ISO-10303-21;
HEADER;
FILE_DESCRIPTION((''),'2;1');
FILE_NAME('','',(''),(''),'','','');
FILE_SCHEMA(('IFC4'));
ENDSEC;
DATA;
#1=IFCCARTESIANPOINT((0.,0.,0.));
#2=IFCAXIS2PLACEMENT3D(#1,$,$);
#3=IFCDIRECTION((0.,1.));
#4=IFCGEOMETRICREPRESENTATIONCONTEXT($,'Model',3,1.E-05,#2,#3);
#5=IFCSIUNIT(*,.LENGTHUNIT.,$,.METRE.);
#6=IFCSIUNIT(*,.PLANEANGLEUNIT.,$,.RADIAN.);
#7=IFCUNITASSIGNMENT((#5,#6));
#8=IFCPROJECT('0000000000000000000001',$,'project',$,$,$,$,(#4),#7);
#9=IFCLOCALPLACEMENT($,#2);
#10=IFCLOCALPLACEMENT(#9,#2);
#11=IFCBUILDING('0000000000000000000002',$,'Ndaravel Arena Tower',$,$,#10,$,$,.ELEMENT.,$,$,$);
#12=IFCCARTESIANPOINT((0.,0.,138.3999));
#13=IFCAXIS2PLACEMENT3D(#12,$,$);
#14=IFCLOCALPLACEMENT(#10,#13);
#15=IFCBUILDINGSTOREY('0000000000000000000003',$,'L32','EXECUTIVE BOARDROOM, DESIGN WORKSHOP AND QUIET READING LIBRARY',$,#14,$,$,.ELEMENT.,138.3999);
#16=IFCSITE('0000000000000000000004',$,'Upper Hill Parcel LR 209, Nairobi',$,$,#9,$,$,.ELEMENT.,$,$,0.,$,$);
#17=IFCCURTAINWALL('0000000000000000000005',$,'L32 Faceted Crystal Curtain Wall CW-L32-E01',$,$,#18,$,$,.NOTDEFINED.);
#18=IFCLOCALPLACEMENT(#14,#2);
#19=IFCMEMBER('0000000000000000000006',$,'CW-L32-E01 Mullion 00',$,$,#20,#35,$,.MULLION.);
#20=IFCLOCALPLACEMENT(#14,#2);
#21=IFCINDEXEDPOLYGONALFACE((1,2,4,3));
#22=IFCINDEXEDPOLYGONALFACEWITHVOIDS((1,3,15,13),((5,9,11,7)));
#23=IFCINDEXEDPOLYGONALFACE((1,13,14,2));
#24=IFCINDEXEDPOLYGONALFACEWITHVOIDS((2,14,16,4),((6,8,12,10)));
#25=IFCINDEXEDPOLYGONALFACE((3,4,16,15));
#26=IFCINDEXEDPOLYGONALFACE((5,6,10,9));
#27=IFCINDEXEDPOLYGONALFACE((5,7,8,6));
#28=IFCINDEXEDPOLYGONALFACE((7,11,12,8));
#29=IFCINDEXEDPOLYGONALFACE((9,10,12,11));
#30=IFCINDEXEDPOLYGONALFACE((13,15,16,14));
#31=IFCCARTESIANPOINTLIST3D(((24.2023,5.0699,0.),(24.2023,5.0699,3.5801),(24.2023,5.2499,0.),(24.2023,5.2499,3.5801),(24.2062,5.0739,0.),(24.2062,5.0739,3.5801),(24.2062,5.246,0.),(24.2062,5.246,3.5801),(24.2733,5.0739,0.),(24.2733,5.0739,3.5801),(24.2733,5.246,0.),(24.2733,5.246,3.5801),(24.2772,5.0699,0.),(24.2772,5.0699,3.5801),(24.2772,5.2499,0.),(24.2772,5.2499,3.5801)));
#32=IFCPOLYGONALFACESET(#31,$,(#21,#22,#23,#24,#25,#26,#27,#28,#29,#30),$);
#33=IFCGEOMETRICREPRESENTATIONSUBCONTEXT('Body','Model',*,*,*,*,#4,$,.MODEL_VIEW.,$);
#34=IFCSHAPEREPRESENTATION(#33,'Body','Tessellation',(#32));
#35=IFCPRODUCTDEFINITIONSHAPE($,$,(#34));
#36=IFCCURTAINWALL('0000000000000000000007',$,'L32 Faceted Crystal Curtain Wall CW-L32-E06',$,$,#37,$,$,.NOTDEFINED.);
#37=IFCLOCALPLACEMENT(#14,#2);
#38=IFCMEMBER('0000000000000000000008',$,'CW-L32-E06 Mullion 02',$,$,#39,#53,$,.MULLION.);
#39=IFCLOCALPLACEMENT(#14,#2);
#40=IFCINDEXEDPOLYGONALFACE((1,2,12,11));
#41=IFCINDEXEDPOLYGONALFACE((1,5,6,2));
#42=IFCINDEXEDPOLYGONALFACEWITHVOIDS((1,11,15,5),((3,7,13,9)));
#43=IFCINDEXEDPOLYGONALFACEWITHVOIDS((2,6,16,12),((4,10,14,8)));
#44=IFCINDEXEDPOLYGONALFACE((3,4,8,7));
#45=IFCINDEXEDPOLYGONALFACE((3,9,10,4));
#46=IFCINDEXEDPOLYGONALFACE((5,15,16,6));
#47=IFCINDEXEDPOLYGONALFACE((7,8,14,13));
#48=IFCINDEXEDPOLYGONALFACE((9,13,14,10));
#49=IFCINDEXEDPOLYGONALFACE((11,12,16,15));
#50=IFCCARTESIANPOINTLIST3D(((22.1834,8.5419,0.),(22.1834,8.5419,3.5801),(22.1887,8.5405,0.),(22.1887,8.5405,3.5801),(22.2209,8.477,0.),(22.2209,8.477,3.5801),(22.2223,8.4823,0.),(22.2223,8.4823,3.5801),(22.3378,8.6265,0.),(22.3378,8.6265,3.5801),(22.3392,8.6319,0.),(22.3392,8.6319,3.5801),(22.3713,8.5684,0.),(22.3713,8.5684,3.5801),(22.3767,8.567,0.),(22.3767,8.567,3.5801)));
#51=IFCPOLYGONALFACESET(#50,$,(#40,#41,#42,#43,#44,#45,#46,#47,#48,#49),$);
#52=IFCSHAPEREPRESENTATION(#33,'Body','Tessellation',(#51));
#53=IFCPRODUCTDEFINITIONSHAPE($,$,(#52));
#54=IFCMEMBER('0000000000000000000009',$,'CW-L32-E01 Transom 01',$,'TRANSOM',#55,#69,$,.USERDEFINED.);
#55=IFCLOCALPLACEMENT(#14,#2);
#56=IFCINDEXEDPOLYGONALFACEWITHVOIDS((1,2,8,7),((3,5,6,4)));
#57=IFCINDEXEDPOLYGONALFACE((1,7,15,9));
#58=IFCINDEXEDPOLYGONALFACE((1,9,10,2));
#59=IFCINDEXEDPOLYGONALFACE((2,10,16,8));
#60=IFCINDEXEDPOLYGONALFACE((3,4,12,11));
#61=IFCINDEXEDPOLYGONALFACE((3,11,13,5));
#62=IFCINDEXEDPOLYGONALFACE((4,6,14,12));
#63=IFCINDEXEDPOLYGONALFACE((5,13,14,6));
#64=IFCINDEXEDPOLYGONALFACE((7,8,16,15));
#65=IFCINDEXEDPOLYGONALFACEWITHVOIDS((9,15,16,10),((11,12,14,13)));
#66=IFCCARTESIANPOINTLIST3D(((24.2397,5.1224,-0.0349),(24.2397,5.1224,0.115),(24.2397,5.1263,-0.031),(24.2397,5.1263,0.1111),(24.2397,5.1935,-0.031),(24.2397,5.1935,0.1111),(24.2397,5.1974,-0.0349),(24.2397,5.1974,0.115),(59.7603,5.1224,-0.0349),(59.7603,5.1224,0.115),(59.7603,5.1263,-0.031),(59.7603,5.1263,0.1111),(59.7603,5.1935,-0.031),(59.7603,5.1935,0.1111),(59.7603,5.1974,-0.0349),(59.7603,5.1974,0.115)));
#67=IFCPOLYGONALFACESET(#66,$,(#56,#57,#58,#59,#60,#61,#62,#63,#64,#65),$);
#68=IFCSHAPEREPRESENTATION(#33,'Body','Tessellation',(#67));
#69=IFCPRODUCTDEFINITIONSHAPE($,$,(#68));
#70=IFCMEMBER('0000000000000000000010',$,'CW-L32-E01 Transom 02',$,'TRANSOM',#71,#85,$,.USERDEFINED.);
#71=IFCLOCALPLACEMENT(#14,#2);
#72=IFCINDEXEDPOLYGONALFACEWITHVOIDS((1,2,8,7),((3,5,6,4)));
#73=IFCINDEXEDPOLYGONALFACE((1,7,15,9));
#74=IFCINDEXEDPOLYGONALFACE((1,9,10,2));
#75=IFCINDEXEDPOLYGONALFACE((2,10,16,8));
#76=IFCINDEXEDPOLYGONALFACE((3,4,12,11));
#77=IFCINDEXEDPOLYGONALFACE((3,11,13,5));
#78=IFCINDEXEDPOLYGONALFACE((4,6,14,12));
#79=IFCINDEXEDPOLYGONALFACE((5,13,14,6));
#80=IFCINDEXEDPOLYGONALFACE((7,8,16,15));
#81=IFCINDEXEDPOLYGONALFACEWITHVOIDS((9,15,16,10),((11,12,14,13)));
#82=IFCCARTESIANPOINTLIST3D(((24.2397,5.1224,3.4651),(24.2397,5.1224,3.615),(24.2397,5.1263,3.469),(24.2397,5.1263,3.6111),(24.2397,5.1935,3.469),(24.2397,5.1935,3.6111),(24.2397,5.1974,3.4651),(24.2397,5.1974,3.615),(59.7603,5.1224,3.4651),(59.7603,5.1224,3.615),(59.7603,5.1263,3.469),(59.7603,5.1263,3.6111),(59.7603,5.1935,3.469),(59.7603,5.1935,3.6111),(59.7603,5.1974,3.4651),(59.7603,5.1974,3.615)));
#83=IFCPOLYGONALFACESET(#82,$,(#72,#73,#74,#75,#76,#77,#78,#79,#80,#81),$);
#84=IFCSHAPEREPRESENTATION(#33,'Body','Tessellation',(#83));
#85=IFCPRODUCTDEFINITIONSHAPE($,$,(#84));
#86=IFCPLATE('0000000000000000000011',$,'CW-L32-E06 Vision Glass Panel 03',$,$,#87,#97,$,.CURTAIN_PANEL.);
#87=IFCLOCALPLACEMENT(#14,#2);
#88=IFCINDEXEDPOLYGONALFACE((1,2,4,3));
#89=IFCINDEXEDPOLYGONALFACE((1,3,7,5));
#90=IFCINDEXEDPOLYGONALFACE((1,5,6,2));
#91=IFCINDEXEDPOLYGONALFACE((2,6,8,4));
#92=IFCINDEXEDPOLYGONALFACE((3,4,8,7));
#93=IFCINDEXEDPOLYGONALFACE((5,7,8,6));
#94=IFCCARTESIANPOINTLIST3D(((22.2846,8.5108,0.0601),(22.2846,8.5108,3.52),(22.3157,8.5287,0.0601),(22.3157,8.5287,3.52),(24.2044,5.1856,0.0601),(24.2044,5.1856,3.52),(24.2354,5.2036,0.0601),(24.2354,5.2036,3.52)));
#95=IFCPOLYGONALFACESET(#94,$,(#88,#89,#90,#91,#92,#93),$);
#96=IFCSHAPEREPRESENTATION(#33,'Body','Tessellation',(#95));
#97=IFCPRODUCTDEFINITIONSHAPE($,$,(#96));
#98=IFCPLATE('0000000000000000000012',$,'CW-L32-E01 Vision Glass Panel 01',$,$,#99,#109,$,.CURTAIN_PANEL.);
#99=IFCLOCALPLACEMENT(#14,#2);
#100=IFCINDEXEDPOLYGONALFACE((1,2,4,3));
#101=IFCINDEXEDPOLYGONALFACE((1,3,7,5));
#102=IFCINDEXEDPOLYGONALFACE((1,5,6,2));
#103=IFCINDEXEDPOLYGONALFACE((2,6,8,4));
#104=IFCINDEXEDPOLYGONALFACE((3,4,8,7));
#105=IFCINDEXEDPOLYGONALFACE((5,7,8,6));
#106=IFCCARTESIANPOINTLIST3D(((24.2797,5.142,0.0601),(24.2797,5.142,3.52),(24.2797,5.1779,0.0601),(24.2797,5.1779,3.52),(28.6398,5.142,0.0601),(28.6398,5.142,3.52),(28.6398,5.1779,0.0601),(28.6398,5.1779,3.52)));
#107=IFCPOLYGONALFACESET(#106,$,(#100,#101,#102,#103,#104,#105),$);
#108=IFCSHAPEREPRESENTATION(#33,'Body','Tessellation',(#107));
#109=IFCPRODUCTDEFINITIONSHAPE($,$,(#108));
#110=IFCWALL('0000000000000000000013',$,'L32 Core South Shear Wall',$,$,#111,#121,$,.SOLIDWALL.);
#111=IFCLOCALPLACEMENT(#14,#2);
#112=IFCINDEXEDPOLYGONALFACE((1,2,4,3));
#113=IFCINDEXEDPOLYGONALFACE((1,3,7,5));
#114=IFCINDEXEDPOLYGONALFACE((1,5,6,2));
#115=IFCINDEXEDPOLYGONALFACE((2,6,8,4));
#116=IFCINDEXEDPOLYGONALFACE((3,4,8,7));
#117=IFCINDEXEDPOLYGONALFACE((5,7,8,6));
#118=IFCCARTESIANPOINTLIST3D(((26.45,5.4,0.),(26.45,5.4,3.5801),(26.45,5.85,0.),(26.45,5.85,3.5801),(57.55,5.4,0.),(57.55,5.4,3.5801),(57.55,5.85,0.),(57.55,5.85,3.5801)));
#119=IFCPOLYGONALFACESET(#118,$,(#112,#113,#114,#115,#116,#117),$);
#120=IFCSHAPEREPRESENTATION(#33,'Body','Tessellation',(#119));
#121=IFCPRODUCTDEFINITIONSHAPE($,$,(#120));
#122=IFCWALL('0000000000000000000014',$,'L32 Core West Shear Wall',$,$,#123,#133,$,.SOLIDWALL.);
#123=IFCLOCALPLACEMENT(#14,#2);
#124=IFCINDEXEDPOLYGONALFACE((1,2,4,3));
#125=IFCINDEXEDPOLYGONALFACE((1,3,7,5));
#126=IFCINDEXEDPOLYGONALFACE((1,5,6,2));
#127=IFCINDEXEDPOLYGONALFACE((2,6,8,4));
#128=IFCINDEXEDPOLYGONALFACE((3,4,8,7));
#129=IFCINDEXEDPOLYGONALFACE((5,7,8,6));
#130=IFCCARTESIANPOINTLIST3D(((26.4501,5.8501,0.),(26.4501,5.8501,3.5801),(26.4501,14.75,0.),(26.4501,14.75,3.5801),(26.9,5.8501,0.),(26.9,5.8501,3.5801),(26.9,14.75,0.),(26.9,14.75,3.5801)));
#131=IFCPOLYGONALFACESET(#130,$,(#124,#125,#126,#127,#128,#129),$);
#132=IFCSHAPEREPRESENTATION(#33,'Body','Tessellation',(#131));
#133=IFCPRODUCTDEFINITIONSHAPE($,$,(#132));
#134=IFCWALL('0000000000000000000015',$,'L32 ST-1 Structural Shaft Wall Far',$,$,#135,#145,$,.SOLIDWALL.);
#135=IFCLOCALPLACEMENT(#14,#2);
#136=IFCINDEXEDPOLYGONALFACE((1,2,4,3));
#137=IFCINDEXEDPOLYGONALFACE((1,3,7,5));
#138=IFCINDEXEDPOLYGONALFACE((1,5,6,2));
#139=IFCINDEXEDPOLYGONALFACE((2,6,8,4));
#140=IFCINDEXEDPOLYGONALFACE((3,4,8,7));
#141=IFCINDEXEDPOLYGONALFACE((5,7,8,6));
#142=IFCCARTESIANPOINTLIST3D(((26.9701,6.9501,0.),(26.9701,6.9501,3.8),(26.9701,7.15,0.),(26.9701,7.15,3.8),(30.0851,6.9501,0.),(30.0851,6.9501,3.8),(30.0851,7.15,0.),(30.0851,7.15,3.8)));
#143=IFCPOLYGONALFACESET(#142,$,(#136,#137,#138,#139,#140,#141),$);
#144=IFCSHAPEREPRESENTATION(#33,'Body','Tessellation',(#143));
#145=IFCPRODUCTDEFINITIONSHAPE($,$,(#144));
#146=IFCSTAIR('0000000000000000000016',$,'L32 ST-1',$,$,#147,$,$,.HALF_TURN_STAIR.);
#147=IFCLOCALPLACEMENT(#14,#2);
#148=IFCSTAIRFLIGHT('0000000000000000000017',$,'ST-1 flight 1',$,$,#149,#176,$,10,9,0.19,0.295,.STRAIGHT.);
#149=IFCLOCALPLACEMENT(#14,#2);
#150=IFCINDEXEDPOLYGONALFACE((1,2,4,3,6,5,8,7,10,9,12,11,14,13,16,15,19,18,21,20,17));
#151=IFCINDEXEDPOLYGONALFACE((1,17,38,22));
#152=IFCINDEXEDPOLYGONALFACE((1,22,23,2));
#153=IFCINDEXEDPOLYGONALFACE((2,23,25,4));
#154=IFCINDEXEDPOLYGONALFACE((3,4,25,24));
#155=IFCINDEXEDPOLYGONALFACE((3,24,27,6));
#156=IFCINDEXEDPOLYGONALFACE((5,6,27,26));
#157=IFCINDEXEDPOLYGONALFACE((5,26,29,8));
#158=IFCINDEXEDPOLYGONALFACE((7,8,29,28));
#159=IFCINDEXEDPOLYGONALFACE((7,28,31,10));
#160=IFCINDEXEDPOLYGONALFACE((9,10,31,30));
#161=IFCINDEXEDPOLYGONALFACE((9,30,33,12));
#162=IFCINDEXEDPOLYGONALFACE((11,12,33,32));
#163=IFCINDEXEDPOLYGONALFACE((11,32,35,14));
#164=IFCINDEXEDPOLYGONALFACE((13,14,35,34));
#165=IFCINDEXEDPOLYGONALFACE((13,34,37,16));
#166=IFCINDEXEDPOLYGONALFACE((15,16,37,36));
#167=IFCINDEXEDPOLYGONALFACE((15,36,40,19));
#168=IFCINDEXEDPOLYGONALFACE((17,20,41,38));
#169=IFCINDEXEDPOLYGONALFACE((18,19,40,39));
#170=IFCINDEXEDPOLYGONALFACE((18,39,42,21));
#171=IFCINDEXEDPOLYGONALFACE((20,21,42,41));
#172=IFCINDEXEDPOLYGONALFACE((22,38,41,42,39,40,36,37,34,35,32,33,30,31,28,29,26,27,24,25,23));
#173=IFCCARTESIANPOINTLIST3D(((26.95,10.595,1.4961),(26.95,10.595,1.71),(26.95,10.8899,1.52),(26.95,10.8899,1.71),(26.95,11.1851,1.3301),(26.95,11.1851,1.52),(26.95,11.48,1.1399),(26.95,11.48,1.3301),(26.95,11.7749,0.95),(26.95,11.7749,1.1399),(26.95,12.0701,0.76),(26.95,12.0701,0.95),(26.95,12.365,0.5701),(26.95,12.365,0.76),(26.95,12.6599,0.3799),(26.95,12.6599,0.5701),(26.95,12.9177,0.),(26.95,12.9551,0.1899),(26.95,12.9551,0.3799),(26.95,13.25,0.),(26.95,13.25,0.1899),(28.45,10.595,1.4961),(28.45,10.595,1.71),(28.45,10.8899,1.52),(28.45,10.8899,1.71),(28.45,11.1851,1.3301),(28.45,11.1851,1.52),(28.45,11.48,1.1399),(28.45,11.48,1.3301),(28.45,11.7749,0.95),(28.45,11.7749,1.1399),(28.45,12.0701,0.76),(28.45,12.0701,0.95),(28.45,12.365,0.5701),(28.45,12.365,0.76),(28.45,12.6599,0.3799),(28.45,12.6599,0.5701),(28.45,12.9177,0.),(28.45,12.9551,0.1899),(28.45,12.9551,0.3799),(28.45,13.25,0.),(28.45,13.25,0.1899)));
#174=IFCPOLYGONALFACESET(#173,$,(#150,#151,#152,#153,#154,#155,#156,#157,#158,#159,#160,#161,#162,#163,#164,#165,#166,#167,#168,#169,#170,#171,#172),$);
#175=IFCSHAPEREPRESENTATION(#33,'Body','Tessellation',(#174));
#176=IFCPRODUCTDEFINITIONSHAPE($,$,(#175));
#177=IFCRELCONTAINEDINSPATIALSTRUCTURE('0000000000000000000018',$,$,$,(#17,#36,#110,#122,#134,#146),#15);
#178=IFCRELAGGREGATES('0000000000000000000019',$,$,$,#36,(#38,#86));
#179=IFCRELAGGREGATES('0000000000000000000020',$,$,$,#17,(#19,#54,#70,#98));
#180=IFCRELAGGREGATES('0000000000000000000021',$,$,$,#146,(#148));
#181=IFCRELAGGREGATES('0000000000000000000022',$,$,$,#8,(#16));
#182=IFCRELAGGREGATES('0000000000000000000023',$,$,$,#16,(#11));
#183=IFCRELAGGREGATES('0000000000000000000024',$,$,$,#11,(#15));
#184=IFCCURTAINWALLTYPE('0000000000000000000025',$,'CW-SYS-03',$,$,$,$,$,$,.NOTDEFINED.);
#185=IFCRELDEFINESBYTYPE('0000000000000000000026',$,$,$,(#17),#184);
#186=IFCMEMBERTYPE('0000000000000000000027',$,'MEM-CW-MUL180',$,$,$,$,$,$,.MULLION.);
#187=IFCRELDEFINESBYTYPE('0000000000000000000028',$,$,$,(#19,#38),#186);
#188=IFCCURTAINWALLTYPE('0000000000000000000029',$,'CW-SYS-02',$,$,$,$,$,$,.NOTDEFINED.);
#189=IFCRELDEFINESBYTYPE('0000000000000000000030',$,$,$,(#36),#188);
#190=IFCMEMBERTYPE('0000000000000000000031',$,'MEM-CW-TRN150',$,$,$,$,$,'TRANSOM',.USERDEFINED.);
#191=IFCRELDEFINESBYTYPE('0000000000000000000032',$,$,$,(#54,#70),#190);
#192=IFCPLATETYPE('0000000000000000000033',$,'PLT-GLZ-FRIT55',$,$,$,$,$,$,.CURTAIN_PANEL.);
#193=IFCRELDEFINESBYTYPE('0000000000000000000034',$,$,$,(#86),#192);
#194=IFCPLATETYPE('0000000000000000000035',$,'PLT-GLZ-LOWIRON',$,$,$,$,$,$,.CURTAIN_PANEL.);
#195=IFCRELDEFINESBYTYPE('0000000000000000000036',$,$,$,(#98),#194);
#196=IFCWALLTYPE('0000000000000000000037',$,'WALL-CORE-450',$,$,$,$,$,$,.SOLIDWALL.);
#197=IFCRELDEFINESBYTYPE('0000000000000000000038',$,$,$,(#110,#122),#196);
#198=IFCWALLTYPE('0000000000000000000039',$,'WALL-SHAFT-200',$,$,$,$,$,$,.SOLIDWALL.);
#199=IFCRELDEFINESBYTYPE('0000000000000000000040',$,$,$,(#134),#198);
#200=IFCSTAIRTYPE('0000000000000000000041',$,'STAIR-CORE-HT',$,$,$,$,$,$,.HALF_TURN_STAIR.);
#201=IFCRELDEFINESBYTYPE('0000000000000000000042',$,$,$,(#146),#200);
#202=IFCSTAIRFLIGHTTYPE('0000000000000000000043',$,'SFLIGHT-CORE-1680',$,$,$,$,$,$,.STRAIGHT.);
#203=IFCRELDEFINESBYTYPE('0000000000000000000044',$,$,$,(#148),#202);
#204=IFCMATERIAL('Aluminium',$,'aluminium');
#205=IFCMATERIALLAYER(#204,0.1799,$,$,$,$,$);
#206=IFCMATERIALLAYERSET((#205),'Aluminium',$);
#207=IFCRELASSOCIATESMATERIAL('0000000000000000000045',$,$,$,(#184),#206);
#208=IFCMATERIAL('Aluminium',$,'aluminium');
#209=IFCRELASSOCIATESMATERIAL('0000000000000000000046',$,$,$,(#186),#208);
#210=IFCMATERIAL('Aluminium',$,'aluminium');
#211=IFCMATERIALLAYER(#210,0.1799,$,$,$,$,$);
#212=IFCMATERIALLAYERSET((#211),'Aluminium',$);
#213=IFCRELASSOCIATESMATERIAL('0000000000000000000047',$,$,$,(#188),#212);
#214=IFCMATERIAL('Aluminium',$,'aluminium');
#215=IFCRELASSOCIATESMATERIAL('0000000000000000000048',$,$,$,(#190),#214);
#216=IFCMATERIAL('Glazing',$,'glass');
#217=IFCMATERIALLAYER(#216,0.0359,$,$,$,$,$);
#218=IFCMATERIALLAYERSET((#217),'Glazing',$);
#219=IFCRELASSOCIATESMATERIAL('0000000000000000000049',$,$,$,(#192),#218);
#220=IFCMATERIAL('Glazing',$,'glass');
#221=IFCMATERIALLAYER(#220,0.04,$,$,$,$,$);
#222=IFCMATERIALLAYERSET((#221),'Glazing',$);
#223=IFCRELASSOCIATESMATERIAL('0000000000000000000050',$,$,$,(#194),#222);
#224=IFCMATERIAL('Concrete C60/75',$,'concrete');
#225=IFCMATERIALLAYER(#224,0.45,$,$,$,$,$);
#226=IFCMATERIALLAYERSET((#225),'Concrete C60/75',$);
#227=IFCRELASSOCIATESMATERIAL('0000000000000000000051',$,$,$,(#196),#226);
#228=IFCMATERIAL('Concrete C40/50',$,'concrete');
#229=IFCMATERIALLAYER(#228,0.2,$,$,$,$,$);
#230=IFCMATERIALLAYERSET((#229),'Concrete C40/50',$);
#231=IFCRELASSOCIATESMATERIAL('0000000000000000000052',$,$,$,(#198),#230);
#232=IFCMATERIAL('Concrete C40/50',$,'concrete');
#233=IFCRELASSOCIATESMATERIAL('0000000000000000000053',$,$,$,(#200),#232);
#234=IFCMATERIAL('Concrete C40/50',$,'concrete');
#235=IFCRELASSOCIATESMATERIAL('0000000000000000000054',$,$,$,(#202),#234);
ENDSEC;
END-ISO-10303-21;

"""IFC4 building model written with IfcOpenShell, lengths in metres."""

from ifc_helpers import new_model, si_unit, direction, frame, frame_2d, origin, origin_2d, place, context, subcontext, project, spatial, polyline, rectangle, hollow_rectangle, outline, extrude, material, layer, layer_set, material_profile, profile_set, type_object, element, aggregate, save


model = new_model("IFC4")

# Units and contexts
model_context = context("Model", 3, precision=1e-05, world=origin(), true_north=direction((0.0, 1.0)))
body_context = subcontext(model_context, "Body", "Model", "MODEL_VIEW")
ifc_project = project(units=[si_unit("LENGTHUNIT", "METRE"), si_unit("PLANEANGLEUNIT", "RADIAN")], contexts=[model_context])

# Site, building, storey
site_placement = place(None, origin())
site = spatial("IfcSite", under=ifc_project, at=site_placement, Name="Upper Hill Parcel LR 209, Nairobi", CompositionType="ELEMENT", RefElevation=0.0)
building_placement = place(site_placement, origin())
building = spatial("IfcBuilding", under=site, at=building_placement, Name="Ndaravel Arena Tower", CompositionType="ELEMENT")
storey_placement = place(building_placement, frame((0.0, 0.0, 138.3999)))
storey = spatial("IfcBuildingStorey", under=building, at=storey_placement, Name="L32", Description="EXECUTIVE BOARDROOM, DESIGN WORKSHOP AND QUIET READING LIBRARY", CompositionType="ELEMENT", Elevation=138.3999)

# Curtain walls, members
ifc_material_1 = material(Name="Aluminium", Category="aluminium")
ifc_layer_1 = layer(ifc_material_1, 0.1799)
ifc_layer_set_1 = layer_set([ifc_layer_1], Name="Aluminium")
curtain_wall_type_1 = type_object("IfcCurtainWallType", Name="CW-SYS-03", PredefinedType="NOTDEFINED", material=ifc_layer_set_1)
curtain_wall_1_placement = place(storey_placement, origin())
curtain_wall_1 = element("IfcCurtainWall", 1, at=curtain_wall_1_placement, inside=storey, type_object=curtain_wall_type_1, Name="L32 Faceted Crystal Curtain Wall CW-L32-E01", PredefinedType="NOTDEFINED")
ifc_material_2 = material(Name="Aluminium", Category="aluminium")
ifc_material_profile_1 = material_profile(ifc_material_2, hollow_rectangle(XDim=0.075, YDim=0.1799, WallThickness=0.0039, at=origin_2d()), Name="CW MULLION 75x180x4")
ifc_profile_set_1 = profile_set([ifc_material_profile_1], Name="Aluminium")
member_type_1 = type_object("IfcMemberType", Name="MEM-CW-MUL180", PredefinedType="MULLION", material=ifc_profile_set_1)
member_1_placement = place(storey_placement, frame((24.2397, 5.1599, 0.0), z_axis=(0.0, 0.0, 1.0), x_axis=(1.0, 0.0, 0.0)))
member_1 = element("IfcMember", 2, at=member_1_placement, type_object=member_type_1, Name="CW-L32-E01 Mullion 00", PredefinedType="MULLION", context=body_context, shape_type="SweptSolid", body=[
    extrude(hollow_rectangle(XDim=0.075, YDim=0.1799, WallThickness=0.0039, at=origin_2d()), origin(), (0.0, 0.0, 1.0), 3.5801),
])
ifc_material_3 = material(Name="Aluminium", Category="aluminium")
ifc_layer_2 = layer(ifc_material_3, 0.1799)
ifc_layer_set_2 = layer_set([ifc_layer_2], Name="Aluminium")
curtain_wall_type_2 = type_object("IfcCurtainWallType", Name="CW-SYS-02", PredefinedType="NOTDEFINED", material=ifc_layer_set_2)
curtain_wall_2_placement = place(storey_placement, origin())
curtain_wall_2 = element("IfcCurtainWall", 3, at=curtain_wall_2_placement, inside=storey, type_object=curtain_wall_type_2, Name="L32 Faceted Crystal Curtain Wall CW-L32-E06", PredefinedType="NOTDEFINED")
member_2_placement = place(storey_placement, frame((22.28, 8.5544, 0.0), z_axis=(0.0, 0.0, 1.0), x_axis=(0.5, -0.866025, 0.0)))
member_2 = element("IfcMember", 4, at=member_2_placement, type_object=member_type_1, Name="CW-L32-E06 Mullion 02", PredefinedType="MULLION", context=body_context, shape_type="SweptSolid", body=[
    extrude(hollow_rectangle(XDim=0.075, YDim=0.1799, WallThickness=0.0039, at=origin_2d()), origin(), (0.0, 0.0, 1.0), 3.5801),
])

# Members
ifc_material_4 = material(Name="Aluminium", Category="aluminium")
ifc_material_profile_2 = material_profile(ifc_material_4, hollow_rectangle(XDim=0.075, YDim=0.1499, WallThickness=0.0039, at=origin_2d()), Name="CW TRANSOM 75x150x4")
ifc_profile_set_2 = profile_set([ifc_material_profile_2], Name="Aluminium")
member_type_2 = type_object("IfcMemberType", Name="MEM-CW-TRN150", ElementType="TRANSOM", PredefinedType="USERDEFINED", material=ifc_profile_set_2)
member_3_placement = place(storey_placement, frame((24.2397, 5.1599, 0.04), z_axis=(1.0, 0.0, 0.0), x_axis=(0.0, 1.0, 0.0)))
member_3 = element("IfcMember", 5, at=member_3_placement, type_object=member_type_2, Name="CW-L32-E01 Transom 01", ObjectType="TRANSOM", PredefinedType="USERDEFINED", context=body_context, shape_type="SweptSolid", body=[
    extrude(hollow_rectangle(XDim=0.075, YDim=0.1499, WallThickness=0.0039, at=origin_2d()), origin(), (0.0, 0.0, 1.0), 35.5205),
])
member_4_placement = place(storey_placement, frame((24.2397, 5.1599, 3.54), z_axis=(1.0, 0.0, 0.0), x_axis=(0.0, 1.0, 0.0)))
member_4 = element("IfcMember", 6, at=member_4_placement, type_object=member_type_2, Name="CW-L32-E01 Transom 02", ObjectType="TRANSOM", PredefinedType="USERDEFINED", context=body_context, shape_type="SweptSolid", body=[
    extrude(hollow_rectangle(XDim=0.075, YDim=0.1499, WallThickness=0.0039, at=origin_2d()), origin(), (0.0, 0.0, 1.0), 35.5205),
])

# Plates
ifc_material_5 = material(Name="Glazing", Category="glass")
ifc_layer_3 = layer(ifc_material_5, 0.0359)
ifc_layer_set_3 = layer_set([ifc_layer_3], Name="Glazing")
plate_type_1 = type_object("IfcPlateType", Name="PLT-GLZ-FRIT55", PredefinedType="CURTAIN_PANEL", material=ifc_layer_set_3)
plate_1_placement = place(storey_placement, frame((23.26, 6.8572, 0.0601), z_axis=(0.0, 0.0, 1.0), x_axis=(0.5, -0.866025, 0.0)))
plate_1 = element("IfcPlate", 7, at=plate_1_placement, type_object=plate_type_1, Name="CW-L32-E06 Vision Glass Panel 03", PredefinedType="CURTAIN_PANEL", context=body_context, shape_type="SweptSolid", body=[
    extrude(rectangle(XDim=3.8396, YDim=0.0359, at=origin_2d()), origin(), (0.0, 0.0, 1.0), 3.46),
])
aggregate(curtain_wall_2, [member_2, plate_1])
ifc_material_6 = material(Name="Glazing", Category="glass")
ifc_layer_4 = layer(ifc_material_6, 0.04)
ifc_layer_set_4 = layer_set([ifc_layer_4], Name="Glazing")
plate_type_2 = type_object("IfcPlateType", Name="PLT-GLZ-LOWIRON", PredefinedType="CURTAIN_PANEL", material=ifc_layer_set_4)
plate_2_placement = place(storey_placement, frame((26.4597, 5.1599, 0.0601), z_axis=(0.0, 0.0, 1.0), x_axis=(1.0, 0.0, 0.0)))
plate_2 = element("IfcPlate", 8, at=plate_2_placement, type_object=plate_type_2, Name="CW-L32-E01 Vision Glass Panel 01", PredefinedType="CURTAIN_PANEL", context=body_context, shape_type="SweptSolid", body=[
    extrude(rectangle(XDim=4.3601, YDim=0.0359, at=origin_2d()), origin(), (0.0, 0.0, 1.0), 3.46),
])
aggregate(curtain_wall_1, [member_1, member_3, member_4, plate_2])

# Shared definitions
ifc_material_7 = material(Name="Concrete C60/75", Category="concrete")
ifc_layer_5 = layer(ifc_material_7, 0.45)
ifc_layer_set_5 = layer_set([ifc_layer_5], Name="Concrete C60/75")
wall_type_1 = type_object("IfcWallType", Name="WALL-CORE-450", PredefinedType="SOLIDWALL", material=ifc_layer_set_5)

# Walls
wall_1_placement = place(storey_placement, frame((26.45, 5.625, 0.0), z_axis=(0.0, 0.0, 1.0), x_axis=(1.0, 0.0, 0.0)))
element("IfcWall", 9, at=wall_1_placement, inside=storey, type_object=wall_type_1, Name="L32 Core South Shear Wall", PredefinedType="SOLIDWALL", context=body_context, shape_type="SweptSolid", body=[
    extrude(rectangle(XDim=31.1001, YDim=0.45, at=frame_2d((15.55, 0.0))), origin(), (0.0, 0.0, 1.0), 3.5801),
])
wall_2_placement = place(storey_placement, frame((26.675, 5.8501, 0.0), z_axis=(0.0, 0.0, 1.0), x_axis=(0.0, 1.0, 0.0)))
element("IfcWall", 10, at=wall_2_placement, inside=storey, type_object=wall_type_1, Name="L32 Core West Shear Wall", PredefinedType="SOLIDWALL", context=body_context, shape_type="SweptSolid", body=[
    extrude(rectangle(XDim=8.8999, YDim=0.45, at=frame_2d((4.45, 0.0))), origin(), (0.0, 0.0, 1.0), 3.5801),
])
ifc_material_8 = material(Name="Concrete C40/50", Category="concrete")
ifc_layer_6 = layer(ifc_material_8, 0.2)
ifc_layer_set_6 = layer_set([ifc_layer_6], Name="Concrete C40/50")
wall_type_2 = type_object("IfcWallType", Name="WALL-SHAFT-200", PredefinedType="SOLIDWALL", material=ifc_layer_set_6)
wall_3_placement = place(storey_placement, frame((26.97, 7.05, 0.0), z_axis=(0.0, 0.0, 1.0), x_axis=(1.0, 0.0, 0.0)))
element("IfcWall", 11, at=wall_3_placement, inside=storey, type_object=wall_type_2, Name="L32 ST-1 Structural Shaft Wall Far", PredefinedType="SOLIDWALL", context=body_context, shape_type="SweptSolid", body=[
    extrude(rectangle(XDim=3.115, YDim=0.2, at=frame_2d((1.5576, 0.0))), origin(), (0.0, 0.0, 1.0), 3.8),
])

# Stair, stair flight
ifc_material_9 = material(Name="Concrete C40/50", Category="concrete")
stair_type = type_object("IfcStairType", Name="STAIR-CORE-HT", PredefinedType="HALF_TURN_STAIR", material=ifc_material_9)
stair_placement = place(storey_placement, origin())
stair = element("IfcStair", 12, at=stair_placement, inside=storey, type_object=stair_type, Name="L32 ST-1", PredefinedType="HALF_TURN_STAIR")
ifc_material_10 = material(Name="Concrete C40/50", Category="concrete")
stair_flight_type = type_object("IfcStairFlightType", Name="SFLIGHT-CORE-1680", PredefinedType="STRAIGHT", material=ifc_material_10)
stair_flight_placement = place(storey_placement, frame((27.7, 13.25, 0.0), z_axis=(0.0, 0.0, 1.0), x_axis=(0.0, -1.0, 0.0)))
stair_flight = element("IfcStairFlight", 13, at=stair_flight_placement, type_object=stair_flight_type, Name="ST-1 flight 1", NumberOfRisers=10, NumberOfTreads=9, PredefinedType="STRAIGHT", RiserHeight=0.19, TreadLength=0.295, context=body_context, shape_type="SweptSolid", body=[
    extrude(outline(polyline([(0.0, 0.0), (0.0, 0.1899), (0.2949, 0.1899), (0.2949, 0.3799), (0.5901, 0.3799), (0.5901, 0.5701), (0.885, 0.5701), (0.885, 0.76), (1.1799, 0.76), (1.1799, 0.95), (1.4751, 0.95), (1.4751, 1.1399), (1.77, 1.1399), (1.77, 1.3301), (2.0649, 1.3301), (2.0649, 1.52), (2.3601, 1.52), (2.3601, 1.71), (2.655, 1.71), (2.655, 1.8999), (2.655, 1.4961), (0.3323, 0.0), (0.0, 0.0)])), frame((0.0, 0.75, 0.0), z_axis=(0.0, -1.0, 0.0), x_axis=(1.0, 0.0, 0.0)), (0.0, 0.0, 1.0), 1.5),
])
aggregate(stair, [stair_flight])

save(model, "model.ifc")
